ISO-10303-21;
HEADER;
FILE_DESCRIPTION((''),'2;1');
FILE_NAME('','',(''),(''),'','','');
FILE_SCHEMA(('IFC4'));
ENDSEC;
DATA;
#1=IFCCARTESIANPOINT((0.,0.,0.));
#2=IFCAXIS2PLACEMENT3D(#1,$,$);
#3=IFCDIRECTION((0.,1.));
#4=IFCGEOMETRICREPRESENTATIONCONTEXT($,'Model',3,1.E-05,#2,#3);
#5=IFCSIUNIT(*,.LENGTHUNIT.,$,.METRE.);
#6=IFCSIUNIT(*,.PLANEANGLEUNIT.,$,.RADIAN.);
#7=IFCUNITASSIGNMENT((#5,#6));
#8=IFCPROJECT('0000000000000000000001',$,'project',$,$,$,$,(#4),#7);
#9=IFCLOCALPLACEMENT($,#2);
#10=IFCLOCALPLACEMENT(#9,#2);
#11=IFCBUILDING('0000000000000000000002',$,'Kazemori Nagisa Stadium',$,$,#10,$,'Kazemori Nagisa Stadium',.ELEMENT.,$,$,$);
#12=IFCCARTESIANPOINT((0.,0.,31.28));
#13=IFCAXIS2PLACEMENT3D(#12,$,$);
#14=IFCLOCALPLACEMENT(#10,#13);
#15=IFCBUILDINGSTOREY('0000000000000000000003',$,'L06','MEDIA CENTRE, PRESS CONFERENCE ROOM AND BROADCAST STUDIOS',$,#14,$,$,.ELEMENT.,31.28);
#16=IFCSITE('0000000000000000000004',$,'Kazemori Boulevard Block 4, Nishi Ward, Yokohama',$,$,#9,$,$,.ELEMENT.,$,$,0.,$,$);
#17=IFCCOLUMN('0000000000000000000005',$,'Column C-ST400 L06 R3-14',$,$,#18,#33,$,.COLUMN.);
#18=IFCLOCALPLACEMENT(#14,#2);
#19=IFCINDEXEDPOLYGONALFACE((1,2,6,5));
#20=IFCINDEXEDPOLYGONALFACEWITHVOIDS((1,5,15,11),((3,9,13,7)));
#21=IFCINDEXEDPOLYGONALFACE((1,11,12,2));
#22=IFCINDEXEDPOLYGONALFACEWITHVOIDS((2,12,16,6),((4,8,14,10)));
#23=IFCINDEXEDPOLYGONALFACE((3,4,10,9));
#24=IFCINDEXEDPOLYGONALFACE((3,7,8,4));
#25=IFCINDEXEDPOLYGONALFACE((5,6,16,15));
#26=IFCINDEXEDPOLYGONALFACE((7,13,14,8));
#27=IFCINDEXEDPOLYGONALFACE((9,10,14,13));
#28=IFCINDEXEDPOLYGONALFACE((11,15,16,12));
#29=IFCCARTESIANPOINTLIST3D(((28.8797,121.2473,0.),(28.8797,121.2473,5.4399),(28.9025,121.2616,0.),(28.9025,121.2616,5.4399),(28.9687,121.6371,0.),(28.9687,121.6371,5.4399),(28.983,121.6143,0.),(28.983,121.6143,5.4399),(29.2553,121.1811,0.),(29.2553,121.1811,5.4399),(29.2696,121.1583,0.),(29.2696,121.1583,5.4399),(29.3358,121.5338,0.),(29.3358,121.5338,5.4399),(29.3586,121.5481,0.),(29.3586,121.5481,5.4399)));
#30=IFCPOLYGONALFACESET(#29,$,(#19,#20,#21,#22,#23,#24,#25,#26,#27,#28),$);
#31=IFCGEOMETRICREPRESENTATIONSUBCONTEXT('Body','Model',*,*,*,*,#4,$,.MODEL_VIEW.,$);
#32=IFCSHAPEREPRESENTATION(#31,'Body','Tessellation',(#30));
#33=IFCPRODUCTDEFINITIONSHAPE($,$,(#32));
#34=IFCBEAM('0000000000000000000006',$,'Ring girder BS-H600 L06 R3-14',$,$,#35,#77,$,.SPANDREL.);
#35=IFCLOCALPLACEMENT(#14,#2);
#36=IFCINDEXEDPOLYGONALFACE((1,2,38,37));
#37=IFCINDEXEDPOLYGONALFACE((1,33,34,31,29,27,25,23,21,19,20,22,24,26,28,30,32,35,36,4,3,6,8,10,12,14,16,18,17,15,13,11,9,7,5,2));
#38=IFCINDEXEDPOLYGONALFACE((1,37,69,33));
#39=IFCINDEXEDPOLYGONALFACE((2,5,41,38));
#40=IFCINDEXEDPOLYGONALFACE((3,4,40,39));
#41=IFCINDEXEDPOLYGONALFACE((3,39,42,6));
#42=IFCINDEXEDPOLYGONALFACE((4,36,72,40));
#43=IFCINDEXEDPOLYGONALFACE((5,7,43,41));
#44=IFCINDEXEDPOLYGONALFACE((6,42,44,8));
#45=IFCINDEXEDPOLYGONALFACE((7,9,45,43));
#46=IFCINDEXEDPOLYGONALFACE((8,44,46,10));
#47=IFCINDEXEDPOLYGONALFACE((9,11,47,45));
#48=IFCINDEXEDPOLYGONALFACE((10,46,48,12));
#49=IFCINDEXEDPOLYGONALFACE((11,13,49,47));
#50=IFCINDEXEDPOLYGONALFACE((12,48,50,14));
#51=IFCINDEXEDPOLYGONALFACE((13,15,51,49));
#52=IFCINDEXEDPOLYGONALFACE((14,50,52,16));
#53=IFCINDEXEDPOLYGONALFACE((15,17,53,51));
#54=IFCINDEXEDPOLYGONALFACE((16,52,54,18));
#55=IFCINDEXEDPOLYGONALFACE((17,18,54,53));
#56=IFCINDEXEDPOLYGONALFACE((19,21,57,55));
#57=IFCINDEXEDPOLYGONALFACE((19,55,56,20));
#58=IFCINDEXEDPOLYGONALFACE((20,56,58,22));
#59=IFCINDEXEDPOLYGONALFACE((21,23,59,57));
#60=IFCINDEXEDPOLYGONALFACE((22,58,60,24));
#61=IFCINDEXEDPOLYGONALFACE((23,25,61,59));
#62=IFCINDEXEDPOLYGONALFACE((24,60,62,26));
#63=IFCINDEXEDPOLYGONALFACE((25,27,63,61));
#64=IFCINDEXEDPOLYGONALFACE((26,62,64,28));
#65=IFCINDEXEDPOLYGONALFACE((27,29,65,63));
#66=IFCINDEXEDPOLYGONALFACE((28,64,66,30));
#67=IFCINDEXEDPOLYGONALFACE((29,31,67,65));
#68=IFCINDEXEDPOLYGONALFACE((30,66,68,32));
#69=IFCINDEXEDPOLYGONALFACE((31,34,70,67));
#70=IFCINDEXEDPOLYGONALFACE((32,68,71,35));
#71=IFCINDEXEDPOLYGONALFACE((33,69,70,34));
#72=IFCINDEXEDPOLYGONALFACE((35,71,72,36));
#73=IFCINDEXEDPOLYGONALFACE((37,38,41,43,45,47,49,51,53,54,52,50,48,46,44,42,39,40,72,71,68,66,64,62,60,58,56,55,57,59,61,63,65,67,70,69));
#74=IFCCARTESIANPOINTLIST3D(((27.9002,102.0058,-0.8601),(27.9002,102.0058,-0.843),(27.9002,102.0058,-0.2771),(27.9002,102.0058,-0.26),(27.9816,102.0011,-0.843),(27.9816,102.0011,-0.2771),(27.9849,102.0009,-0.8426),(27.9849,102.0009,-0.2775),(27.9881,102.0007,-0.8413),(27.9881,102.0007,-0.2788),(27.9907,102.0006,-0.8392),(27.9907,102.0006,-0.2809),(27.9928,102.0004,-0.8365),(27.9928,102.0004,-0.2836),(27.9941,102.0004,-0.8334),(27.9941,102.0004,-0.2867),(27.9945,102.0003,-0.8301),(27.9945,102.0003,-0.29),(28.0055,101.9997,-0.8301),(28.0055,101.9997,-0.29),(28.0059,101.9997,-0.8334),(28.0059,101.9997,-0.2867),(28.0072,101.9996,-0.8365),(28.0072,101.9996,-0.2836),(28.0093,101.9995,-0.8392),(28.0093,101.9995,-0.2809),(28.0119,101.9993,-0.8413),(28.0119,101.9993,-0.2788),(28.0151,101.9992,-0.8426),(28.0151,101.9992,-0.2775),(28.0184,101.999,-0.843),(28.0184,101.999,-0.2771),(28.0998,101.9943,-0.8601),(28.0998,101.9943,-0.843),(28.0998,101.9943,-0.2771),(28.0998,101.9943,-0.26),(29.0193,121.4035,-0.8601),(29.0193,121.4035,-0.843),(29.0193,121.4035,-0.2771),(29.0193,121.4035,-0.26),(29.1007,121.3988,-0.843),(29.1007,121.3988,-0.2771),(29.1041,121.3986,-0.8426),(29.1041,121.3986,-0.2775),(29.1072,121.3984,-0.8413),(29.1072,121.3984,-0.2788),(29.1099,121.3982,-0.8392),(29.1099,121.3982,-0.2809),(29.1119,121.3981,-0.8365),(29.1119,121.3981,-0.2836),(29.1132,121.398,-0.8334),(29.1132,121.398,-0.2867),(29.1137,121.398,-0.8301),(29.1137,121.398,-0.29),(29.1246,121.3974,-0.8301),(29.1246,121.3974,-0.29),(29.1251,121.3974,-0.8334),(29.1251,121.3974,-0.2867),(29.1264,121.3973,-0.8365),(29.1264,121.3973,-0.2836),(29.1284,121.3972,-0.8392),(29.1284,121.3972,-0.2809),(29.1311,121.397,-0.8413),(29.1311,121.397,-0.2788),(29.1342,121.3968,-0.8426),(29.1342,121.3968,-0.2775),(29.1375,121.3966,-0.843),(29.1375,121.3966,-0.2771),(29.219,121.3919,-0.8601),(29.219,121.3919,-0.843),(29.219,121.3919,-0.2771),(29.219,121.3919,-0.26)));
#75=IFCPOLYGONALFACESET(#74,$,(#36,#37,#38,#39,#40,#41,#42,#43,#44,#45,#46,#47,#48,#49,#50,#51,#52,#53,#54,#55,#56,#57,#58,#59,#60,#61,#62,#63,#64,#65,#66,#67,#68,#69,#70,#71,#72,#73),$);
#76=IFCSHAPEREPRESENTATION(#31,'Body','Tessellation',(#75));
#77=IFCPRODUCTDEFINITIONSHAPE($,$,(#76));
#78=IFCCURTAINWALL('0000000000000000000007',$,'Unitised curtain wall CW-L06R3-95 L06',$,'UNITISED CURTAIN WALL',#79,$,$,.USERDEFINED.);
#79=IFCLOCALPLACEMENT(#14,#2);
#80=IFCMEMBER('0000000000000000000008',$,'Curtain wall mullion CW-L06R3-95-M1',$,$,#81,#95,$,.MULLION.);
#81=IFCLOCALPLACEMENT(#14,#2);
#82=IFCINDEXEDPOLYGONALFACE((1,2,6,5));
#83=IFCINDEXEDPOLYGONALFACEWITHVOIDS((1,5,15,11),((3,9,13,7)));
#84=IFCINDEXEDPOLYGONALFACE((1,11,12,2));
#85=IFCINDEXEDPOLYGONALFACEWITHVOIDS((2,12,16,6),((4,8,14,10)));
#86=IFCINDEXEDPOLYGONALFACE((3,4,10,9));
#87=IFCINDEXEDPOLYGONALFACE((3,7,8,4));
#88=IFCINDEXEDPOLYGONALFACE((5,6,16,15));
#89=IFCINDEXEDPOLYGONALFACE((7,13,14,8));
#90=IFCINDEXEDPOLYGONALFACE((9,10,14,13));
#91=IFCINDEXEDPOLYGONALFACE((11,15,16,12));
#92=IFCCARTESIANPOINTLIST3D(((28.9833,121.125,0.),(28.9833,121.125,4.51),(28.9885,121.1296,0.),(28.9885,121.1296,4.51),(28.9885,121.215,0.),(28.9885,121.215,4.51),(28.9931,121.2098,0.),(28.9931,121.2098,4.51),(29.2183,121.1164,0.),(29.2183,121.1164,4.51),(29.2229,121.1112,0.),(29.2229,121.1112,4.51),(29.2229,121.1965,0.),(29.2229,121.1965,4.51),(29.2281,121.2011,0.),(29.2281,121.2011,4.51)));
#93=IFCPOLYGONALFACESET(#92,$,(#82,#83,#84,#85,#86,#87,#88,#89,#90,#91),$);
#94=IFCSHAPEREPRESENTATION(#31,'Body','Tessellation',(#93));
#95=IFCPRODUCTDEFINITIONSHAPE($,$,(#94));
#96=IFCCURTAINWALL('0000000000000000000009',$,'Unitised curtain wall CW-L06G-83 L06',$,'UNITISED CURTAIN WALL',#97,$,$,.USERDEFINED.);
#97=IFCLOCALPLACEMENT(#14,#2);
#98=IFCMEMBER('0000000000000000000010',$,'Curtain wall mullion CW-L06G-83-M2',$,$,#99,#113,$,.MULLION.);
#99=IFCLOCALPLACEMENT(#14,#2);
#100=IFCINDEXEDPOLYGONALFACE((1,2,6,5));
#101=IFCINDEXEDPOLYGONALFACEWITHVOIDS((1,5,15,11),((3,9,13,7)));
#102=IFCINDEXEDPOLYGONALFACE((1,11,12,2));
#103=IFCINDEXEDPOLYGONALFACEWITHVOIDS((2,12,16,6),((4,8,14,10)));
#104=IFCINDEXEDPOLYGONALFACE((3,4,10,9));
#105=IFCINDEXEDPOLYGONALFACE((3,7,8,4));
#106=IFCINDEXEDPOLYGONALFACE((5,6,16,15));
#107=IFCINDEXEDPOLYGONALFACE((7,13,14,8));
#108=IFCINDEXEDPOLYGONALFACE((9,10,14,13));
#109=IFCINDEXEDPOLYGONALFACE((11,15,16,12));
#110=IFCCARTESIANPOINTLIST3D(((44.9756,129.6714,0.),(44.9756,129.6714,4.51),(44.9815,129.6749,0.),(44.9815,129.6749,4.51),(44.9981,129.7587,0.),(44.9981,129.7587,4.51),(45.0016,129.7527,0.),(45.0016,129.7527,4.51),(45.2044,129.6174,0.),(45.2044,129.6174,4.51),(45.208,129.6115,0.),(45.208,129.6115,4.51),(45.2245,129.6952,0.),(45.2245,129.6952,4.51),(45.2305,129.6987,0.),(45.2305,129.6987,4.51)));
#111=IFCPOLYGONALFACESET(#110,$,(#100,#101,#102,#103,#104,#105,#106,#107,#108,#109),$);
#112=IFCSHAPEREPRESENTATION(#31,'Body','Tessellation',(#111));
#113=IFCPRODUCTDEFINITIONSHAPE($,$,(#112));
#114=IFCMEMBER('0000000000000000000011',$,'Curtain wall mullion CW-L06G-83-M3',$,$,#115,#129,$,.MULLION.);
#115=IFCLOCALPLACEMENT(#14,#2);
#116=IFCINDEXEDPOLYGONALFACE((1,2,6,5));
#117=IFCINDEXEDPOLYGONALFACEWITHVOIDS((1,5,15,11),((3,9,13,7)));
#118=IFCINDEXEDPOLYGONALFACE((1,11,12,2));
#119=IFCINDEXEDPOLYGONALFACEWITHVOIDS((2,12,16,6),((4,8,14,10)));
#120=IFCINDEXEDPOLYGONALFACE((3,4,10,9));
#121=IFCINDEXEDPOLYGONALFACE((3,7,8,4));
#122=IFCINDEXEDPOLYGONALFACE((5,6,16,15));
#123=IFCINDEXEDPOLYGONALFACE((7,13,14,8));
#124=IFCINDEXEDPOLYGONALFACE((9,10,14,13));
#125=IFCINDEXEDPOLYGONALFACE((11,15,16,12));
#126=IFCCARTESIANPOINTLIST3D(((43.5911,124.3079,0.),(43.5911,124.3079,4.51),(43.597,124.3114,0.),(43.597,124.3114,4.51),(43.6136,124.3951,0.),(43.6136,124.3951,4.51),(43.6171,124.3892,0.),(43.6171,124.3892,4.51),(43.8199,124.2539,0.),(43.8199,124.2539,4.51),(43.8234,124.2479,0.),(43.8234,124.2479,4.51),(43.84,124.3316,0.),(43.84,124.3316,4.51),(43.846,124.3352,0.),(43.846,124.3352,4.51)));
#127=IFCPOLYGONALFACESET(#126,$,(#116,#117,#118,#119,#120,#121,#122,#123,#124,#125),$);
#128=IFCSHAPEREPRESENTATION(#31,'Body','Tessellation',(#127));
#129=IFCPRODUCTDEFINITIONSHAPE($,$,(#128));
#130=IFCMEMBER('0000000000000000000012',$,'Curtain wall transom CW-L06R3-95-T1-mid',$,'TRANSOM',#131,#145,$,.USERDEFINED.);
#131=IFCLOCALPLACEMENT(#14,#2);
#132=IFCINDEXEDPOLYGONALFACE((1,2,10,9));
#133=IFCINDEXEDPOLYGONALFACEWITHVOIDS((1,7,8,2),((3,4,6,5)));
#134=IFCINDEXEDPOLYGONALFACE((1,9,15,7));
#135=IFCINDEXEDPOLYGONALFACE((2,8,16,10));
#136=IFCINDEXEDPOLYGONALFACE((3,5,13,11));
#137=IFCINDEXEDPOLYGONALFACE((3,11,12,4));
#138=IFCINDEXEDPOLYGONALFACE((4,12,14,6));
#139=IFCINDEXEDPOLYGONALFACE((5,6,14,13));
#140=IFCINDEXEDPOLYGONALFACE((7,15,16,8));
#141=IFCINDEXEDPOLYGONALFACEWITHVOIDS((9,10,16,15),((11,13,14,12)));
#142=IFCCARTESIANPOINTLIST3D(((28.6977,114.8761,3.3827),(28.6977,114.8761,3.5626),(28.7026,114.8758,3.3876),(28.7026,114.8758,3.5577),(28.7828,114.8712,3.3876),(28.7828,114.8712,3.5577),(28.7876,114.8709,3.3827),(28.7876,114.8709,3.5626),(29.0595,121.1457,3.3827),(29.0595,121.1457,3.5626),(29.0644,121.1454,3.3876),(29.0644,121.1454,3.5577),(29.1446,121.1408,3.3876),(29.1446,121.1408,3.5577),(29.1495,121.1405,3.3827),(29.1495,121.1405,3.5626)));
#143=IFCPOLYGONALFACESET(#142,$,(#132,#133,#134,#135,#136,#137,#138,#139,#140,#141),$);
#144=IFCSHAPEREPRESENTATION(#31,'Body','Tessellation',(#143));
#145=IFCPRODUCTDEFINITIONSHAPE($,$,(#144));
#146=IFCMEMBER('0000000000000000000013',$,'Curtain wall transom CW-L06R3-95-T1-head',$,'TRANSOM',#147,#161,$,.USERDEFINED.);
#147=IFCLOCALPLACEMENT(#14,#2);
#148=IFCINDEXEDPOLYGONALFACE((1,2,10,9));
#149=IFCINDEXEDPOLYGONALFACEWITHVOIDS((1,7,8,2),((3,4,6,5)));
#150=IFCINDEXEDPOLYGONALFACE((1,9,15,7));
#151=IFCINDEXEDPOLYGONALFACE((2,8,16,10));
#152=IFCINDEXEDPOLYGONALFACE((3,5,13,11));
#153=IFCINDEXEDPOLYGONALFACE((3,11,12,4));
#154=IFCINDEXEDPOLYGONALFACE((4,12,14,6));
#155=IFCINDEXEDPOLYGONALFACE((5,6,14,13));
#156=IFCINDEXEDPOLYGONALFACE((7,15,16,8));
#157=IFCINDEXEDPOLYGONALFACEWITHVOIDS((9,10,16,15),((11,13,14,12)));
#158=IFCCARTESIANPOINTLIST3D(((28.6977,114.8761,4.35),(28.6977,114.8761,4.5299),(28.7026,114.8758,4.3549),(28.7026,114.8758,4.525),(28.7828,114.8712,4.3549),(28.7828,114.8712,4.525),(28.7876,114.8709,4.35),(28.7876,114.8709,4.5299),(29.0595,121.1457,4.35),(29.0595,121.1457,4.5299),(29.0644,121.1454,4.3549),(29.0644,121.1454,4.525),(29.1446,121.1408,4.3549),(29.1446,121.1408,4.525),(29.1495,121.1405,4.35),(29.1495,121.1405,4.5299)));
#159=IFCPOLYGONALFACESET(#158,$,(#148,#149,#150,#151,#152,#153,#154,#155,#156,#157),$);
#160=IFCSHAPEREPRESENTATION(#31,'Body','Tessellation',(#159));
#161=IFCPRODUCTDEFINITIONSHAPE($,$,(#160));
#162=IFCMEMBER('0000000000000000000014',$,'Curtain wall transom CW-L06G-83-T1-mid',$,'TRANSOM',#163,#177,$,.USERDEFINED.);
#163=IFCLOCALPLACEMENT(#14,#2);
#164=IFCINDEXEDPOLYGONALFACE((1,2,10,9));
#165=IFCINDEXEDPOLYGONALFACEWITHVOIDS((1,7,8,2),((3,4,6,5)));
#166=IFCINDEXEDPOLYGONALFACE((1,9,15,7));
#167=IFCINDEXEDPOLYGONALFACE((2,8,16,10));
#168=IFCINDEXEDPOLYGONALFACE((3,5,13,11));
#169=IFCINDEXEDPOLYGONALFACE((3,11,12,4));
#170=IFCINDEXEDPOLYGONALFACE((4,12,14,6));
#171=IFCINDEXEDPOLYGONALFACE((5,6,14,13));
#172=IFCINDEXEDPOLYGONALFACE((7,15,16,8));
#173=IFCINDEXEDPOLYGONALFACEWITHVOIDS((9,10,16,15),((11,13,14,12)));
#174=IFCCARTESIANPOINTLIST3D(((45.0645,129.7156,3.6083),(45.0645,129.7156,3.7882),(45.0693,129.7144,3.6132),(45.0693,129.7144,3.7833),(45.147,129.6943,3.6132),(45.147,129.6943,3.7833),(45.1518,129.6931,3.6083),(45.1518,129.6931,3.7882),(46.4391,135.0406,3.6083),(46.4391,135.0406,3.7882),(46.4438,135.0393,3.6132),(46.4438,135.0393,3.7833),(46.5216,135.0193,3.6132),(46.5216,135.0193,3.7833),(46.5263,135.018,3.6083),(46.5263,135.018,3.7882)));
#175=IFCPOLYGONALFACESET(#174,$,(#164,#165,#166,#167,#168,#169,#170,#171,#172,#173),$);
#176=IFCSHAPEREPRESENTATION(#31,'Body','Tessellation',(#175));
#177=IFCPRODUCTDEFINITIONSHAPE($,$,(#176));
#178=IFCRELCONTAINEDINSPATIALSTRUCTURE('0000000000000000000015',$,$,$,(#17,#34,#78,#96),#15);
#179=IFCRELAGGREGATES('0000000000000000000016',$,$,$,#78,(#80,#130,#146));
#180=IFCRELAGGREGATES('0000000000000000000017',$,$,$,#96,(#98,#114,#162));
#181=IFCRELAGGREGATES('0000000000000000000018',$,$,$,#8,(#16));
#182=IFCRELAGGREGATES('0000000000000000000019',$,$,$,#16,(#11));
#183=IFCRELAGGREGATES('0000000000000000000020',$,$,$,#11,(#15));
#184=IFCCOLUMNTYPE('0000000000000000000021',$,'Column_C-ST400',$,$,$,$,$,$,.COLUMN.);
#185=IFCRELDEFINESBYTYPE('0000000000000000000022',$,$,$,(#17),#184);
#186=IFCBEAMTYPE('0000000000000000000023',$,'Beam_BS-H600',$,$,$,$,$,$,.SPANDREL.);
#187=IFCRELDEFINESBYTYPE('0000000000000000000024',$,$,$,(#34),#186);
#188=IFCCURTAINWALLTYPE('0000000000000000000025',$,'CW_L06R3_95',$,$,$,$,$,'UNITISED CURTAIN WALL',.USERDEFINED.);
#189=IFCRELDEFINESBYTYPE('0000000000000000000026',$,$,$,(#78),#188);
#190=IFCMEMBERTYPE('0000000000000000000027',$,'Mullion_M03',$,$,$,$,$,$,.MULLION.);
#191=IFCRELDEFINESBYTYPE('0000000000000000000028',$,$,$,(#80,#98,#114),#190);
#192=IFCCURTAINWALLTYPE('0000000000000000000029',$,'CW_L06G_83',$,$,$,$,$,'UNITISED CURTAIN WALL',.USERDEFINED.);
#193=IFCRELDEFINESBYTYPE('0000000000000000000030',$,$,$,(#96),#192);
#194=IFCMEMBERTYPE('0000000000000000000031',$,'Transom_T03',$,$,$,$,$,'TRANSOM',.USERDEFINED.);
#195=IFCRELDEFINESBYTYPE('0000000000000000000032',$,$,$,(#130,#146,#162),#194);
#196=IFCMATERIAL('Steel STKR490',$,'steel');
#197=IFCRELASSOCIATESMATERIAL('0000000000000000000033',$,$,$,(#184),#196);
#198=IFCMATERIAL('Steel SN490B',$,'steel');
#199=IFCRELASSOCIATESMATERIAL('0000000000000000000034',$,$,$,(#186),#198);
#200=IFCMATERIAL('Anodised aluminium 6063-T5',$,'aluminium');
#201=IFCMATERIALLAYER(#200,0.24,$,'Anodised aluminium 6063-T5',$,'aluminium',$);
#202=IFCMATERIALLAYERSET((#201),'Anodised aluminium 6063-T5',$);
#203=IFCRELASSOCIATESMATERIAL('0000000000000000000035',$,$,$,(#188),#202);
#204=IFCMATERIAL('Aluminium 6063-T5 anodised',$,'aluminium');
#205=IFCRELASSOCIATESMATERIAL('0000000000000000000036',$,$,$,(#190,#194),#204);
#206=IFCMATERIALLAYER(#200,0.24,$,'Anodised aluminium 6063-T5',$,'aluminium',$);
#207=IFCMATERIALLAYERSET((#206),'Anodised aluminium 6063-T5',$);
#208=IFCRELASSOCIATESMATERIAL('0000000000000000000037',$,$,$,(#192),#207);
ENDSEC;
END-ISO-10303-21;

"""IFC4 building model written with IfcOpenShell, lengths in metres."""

from ifc_helpers import new_model, si_unit, direction, frame, origin, origin_2d, place, context, subcontext, project, spatial, hollow_rectangle, i_section, extrude, material, layer, layer_set, material_profile, profile_set, type_object, element, aggregate, save


model = new_model("IFC4")

# Units and contexts
model_context = context("Model", 3, precision=1e-05, world=origin(), true_north=direction((0.0, 1.0)))
body_context = subcontext(model_context, "Body", "Model", "MODEL_VIEW")
ifc_project = project(units=[si_unit("LENGTHUNIT", "METRE"), si_unit("PLANEANGLEUNIT", "RADIAN")], contexts=[model_context])

# Site, building, storey
site_placement = place(None, origin())
site = spatial("IfcSite", under=ifc_project, at=site_placement, Name="Kazemori Boulevard Block 4, Nishi Ward, Yokohama", CompositionType="ELEMENT", RefElevation=0.0)
building_placement = place(site_placement, origin())
building = spatial("IfcBuilding", under=site, at=building_placement, Name="Kazemori Nagisa Stadium", LongName="Kazemori Nagisa Stadium", CompositionType="ELEMENT")
storey_placement = place(building_placement, frame((0.0, 0.0, 31.28)))
storey = spatial("IfcBuildingStorey", under=building, at=storey_placement, Name="L06", Description="MEDIA CENTRE, PRESS CONFERENCE ROOM AND BROADCAST STUDIOS", CompositionType="ELEMENT", Elevation=31.28)

# Column
ifc_material_1 = material(Name="Steel STKR490", Category="steel")
ifc_material_profile_1 = material_profile(ifc_material_1, hollow_rectangle(XDim=0.3999, YDim=0.3999, WallThickness=0.019, at=origin_2d()), Name="SHS-400x400x19")
ifc_profile_set_1 = profile_set([ifc_material_profile_1], Name="Steel STKR490")
column_type = type_object("IfcColumnType", Name="Column_C-ST400", PredefinedType="COLUMN", material=ifc_profile_set_1)
column_placement = place(storey_placement, frame((29.1191, 121.3977, 0.0), z_axis=(0.0, 0.0, 1.0), x_axis=(-0.974928, 0.222521, 0.0)))
element("IfcColumn", 1, at=column_placement, inside=storey, type_object=column_type, Name="Column C-ST400 L06 R3-14", PredefinedType="COLUMN", context=body_context, shape_type="SweptSolid", body=[
    extrude(hollow_rectangle(XDim=0.3999, YDim=0.3999, WallThickness=0.019, at=origin_2d()), origin(), (0.0, 0.0, 1.0), 5.4399),
])

# Beam
ifc_material_2 = material(Name="Steel SN490B", Category="steel")
ifc_material_profile_2 = material_profile(ifc_material_2, i_section(OverallWidth=0.2, OverallDepth=0.6001, WebThickness=0.011, FlangeThickness=0.0171, FilletRadius=0.0129, at=origin_2d()), Name="H-600x200x11x17")
ifc_profile_set_2 = profile_set([ifc_material_profile_2], Name="Steel SN490B")
beam_type = type_object("IfcBeamType", Name="Beam_BS-H600", PredefinedType="SPANDREL", material=ifc_profile_set_2)
beam_placement = place(storey_placement, frame((29.1191, 121.3977, -0.5601), z_axis=(-0.057599, -0.99834, 0.0), x_axis=(0.99834, -0.057599, 0.0)))
element("IfcBeam", 2, at=beam_placement, inside=storey, type_object=beam_type, Name="Ring girder BS-H600 L06 R3-14", PredefinedType="SPANDREL", context=body_context, shape_type="SweptSolid", body=[
    extrude(i_section(OverallWidth=0.2, OverallDepth=0.6001, WebThickness=0.011, FlangeThickness=0.0171, FilletRadius=0.0129, at=origin_2d()), origin(), (0.0, 0.0, 1.0), 19.4299),
])

# Curtain wall, member
ifc_material_3 = material(Name="Anodised aluminium 6063-T5", Category="aluminium")
ifc_layer_1 = layer(ifc_material_3, 0.24, Name="Anodised aluminium 6063-T5", Category="aluminium")
ifc_layer_set_1 = layer_set([ifc_layer_1], Name="Anodised aluminium 6063-T5")
curtain_wall_type_1 = type_object("IfcCurtainWallType", Name="CW_L06R3_95", ElementType="UNITISED CURTAIN WALL", PredefinedType="USERDEFINED", material=ifc_layer_set_1)
curtain_wall_1_placement = place(storey_placement, origin())
curtain_wall_1 = element("IfcCurtainWall", 3, at=curtain_wall_1_placement, inside=storey, type_object=curtain_wall_type_1, Name="Unitised curtain wall CW-L06R3-95 L06", ObjectType="UNITISED CURTAIN WALL", PredefinedType="USERDEFINED")
ifc_material_4 = material(Name="Aluminium 6063-T5 anodised", Category="aluminium")
ifc_material_profile_3 = material_profile(ifc_material_4, hollow_rectangle(XDim=0.0901, YDim=0.24, WallThickness=0.0049, at=origin_2d()), Name="ALU-MULL-90x240x5")
ifc_profile_set_3 = profile_set([ifc_material_profile_3], Name="Aluminium 6063-T5 anodised")
member_type_1 = type_object("IfcMemberType", Name="Mullion_M03", PredefinedType="MULLION", material=ifc_profile_set_3)
member_1_placement = place(storey_placement, frame((29.1057, 121.1631, 0.0), z_axis=(0.0, 0.0, 1.0), x_axis=(-0.057602, -0.99834, 0.0)))
member_1 = element("IfcMember", 4, at=member_1_placement, type_object=member_type_1, Name="Curtain wall mullion CW-L06R3-95-M1", PredefinedType="MULLION", context=body_context, shape_type="SweptSolid", body=[
    extrude(hollow_rectangle(XDim=0.0901, YDim=0.24, WallThickness=0.0049, at=origin_2d()), origin(), (0.0, 0.0, 1.0), 4.51),
])

# Curtain wall, members
ifc_layer_2 = layer(ifc_material_3, 0.24, Name="Anodised aluminium 6063-T5", Category="aluminium")
ifc_layer_set_2 = layer_set([ifc_layer_2], Name="Anodised aluminium 6063-T5")
curtain_wall_type_2 = type_object("IfcCurtainWallType", Name="CW_L06G_83", ElementType="UNITISED CURTAIN WALL", PredefinedType="USERDEFINED", material=ifc_layer_set_2)
curtain_wall_2_placement = place(storey_placement, origin())
curtain_wall_2 = element("IfcCurtainWall", 5, at=curtain_wall_2_placement, inside=storey, type_object=curtain_wall_type_2, Name="Unitised curtain wall CW-L06G-83 L06", ObjectType="UNITISED CURTAIN WALL", PredefinedType="USERDEFINED")
member_2_placement = place(storey_placement, frame((45.103, 129.6851, 0.0), z_axis=(0.0, 0.0, 1.0), x_axis=(-0.249965, -0.968255, 0.0)))
member_2 = element("IfcMember", 6, at=member_2_placement, type_object=member_type_1, Name="Curtain wall mullion CW-L06G-83-M2", PredefinedType="MULLION", context=body_context, shape_type="SweptSolid", body=[
    extrude(hollow_rectangle(XDim=0.0901, YDim=0.24, WallThickness=0.0049, at=origin_2d()), origin(), (0.0, 0.0, 1.0), 4.51),
])
member_3_placement = place(storey_placement, frame((43.7185, 124.3215, 0.0), z_axis=(0.0, 0.0, 1.0), x_axis=(-0.249965, -0.968255, 0.0)))
member_3 = element("IfcMember", 7, at=member_3_placement, type_object=member_type_1, Name="Curtain wall mullion CW-L06G-83-M3", PredefinedType="MULLION", context=body_context, shape_type="SweptSolid", body=[
    extrude(hollow_rectangle(XDim=0.0901, YDim=0.24, WallThickness=0.0049, at=origin_2d()), origin(), (0.0, 0.0, 1.0), 4.51),
])

# Members
ifc_material_profile_4 = material_profile(ifc_material_4, hollow_rectangle(XDim=0.0901, YDim=0.1799, WallThickness=0.0049, at=origin_2d()), Name="ALU-TRAN-90x180x5")
ifc_profile_set_4 = profile_set([ifc_material_profile_4], Name="Aluminium 6063-T5 anodised")
member_type_2 = type_object("IfcMemberType", Name="Transom_T03", ElementType="TRANSOM", PredefinedType="USERDEFINED", material=ifc_profile_set_4)
member_4_placement = place(storey_placement, frame((29.1045, 121.1431, 3.4727), z_axis=(-0.057614, -0.998339, 0.0), x_axis=(0.998339, -0.057614, 0.0)))
member_4 = element("IfcMember", 8, at=member_4_placement, type_object=member_type_2, Name="Curtain wall transom CW-L06R3-95-T1-mid", ObjectType="TRANSOM", PredefinedType="USERDEFINED", context=body_context, shape_type="SweptSolid", body=[
    extrude(hollow_rectangle(XDim=0.0901, YDim=0.1799, WallThickness=0.0049, at=origin_2d()), origin(), (0.0, 0.0, 1.0), 6.28),
])
member_5_placement = place(storey_placement, frame((29.1045, 121.1431, 4.4399), z_axis=(-0.057614, -0.998339, 0.0), x_axis=(0.998339, -0.057614, 0.0)))
member_5 = element("IfcMember", 9, at=member_5_placement, type_object=member_type_2, Name="Curtain wall transom CW-L06R3-95-T1-head", ObjectType="TRANSOM", PredefinedType="USERDEFINED", context=body_context, shape_type="SweptSolid", body=[
    extrude(hollow_rectangle(XDim=0.0901, YDim=0.1799, WallThickness=0.0049, at=origin_2d()), origin(), (0.0, 0.0, 1.0), 6.28),
])
aggregate(curtain_wall_1, [member_1, member_4, member_5])
member_6_placement = place(storey_placement, frame((46.4827, 135.0293, 3.6982), z_axis=(-0.249934, -0.968263, 0.0), x_axis=(0.968263, -0.249934, 0.0)))
member_6 = element("IfcMember", 10, at=member_6_placement, type_object=member_type_2, Name="Curtain wall transom CW-L06G-83-T1-mid", ObjectType="TRANSOM", PredefinedType="USERDEFINED", context=body_context, shape_type="SweptSolid", body=[
    extrude(hollow_rectangle(XDim=0.0901, YDim=0.1799, WallThickness=0.0049, at=origin_2d()), origin(), (0.0, 0.0, 1.0), 5.4995),
])

aggregate(curtain_wall_2, [member_2, member_3, member_6])

save(model, "model.ifc")
